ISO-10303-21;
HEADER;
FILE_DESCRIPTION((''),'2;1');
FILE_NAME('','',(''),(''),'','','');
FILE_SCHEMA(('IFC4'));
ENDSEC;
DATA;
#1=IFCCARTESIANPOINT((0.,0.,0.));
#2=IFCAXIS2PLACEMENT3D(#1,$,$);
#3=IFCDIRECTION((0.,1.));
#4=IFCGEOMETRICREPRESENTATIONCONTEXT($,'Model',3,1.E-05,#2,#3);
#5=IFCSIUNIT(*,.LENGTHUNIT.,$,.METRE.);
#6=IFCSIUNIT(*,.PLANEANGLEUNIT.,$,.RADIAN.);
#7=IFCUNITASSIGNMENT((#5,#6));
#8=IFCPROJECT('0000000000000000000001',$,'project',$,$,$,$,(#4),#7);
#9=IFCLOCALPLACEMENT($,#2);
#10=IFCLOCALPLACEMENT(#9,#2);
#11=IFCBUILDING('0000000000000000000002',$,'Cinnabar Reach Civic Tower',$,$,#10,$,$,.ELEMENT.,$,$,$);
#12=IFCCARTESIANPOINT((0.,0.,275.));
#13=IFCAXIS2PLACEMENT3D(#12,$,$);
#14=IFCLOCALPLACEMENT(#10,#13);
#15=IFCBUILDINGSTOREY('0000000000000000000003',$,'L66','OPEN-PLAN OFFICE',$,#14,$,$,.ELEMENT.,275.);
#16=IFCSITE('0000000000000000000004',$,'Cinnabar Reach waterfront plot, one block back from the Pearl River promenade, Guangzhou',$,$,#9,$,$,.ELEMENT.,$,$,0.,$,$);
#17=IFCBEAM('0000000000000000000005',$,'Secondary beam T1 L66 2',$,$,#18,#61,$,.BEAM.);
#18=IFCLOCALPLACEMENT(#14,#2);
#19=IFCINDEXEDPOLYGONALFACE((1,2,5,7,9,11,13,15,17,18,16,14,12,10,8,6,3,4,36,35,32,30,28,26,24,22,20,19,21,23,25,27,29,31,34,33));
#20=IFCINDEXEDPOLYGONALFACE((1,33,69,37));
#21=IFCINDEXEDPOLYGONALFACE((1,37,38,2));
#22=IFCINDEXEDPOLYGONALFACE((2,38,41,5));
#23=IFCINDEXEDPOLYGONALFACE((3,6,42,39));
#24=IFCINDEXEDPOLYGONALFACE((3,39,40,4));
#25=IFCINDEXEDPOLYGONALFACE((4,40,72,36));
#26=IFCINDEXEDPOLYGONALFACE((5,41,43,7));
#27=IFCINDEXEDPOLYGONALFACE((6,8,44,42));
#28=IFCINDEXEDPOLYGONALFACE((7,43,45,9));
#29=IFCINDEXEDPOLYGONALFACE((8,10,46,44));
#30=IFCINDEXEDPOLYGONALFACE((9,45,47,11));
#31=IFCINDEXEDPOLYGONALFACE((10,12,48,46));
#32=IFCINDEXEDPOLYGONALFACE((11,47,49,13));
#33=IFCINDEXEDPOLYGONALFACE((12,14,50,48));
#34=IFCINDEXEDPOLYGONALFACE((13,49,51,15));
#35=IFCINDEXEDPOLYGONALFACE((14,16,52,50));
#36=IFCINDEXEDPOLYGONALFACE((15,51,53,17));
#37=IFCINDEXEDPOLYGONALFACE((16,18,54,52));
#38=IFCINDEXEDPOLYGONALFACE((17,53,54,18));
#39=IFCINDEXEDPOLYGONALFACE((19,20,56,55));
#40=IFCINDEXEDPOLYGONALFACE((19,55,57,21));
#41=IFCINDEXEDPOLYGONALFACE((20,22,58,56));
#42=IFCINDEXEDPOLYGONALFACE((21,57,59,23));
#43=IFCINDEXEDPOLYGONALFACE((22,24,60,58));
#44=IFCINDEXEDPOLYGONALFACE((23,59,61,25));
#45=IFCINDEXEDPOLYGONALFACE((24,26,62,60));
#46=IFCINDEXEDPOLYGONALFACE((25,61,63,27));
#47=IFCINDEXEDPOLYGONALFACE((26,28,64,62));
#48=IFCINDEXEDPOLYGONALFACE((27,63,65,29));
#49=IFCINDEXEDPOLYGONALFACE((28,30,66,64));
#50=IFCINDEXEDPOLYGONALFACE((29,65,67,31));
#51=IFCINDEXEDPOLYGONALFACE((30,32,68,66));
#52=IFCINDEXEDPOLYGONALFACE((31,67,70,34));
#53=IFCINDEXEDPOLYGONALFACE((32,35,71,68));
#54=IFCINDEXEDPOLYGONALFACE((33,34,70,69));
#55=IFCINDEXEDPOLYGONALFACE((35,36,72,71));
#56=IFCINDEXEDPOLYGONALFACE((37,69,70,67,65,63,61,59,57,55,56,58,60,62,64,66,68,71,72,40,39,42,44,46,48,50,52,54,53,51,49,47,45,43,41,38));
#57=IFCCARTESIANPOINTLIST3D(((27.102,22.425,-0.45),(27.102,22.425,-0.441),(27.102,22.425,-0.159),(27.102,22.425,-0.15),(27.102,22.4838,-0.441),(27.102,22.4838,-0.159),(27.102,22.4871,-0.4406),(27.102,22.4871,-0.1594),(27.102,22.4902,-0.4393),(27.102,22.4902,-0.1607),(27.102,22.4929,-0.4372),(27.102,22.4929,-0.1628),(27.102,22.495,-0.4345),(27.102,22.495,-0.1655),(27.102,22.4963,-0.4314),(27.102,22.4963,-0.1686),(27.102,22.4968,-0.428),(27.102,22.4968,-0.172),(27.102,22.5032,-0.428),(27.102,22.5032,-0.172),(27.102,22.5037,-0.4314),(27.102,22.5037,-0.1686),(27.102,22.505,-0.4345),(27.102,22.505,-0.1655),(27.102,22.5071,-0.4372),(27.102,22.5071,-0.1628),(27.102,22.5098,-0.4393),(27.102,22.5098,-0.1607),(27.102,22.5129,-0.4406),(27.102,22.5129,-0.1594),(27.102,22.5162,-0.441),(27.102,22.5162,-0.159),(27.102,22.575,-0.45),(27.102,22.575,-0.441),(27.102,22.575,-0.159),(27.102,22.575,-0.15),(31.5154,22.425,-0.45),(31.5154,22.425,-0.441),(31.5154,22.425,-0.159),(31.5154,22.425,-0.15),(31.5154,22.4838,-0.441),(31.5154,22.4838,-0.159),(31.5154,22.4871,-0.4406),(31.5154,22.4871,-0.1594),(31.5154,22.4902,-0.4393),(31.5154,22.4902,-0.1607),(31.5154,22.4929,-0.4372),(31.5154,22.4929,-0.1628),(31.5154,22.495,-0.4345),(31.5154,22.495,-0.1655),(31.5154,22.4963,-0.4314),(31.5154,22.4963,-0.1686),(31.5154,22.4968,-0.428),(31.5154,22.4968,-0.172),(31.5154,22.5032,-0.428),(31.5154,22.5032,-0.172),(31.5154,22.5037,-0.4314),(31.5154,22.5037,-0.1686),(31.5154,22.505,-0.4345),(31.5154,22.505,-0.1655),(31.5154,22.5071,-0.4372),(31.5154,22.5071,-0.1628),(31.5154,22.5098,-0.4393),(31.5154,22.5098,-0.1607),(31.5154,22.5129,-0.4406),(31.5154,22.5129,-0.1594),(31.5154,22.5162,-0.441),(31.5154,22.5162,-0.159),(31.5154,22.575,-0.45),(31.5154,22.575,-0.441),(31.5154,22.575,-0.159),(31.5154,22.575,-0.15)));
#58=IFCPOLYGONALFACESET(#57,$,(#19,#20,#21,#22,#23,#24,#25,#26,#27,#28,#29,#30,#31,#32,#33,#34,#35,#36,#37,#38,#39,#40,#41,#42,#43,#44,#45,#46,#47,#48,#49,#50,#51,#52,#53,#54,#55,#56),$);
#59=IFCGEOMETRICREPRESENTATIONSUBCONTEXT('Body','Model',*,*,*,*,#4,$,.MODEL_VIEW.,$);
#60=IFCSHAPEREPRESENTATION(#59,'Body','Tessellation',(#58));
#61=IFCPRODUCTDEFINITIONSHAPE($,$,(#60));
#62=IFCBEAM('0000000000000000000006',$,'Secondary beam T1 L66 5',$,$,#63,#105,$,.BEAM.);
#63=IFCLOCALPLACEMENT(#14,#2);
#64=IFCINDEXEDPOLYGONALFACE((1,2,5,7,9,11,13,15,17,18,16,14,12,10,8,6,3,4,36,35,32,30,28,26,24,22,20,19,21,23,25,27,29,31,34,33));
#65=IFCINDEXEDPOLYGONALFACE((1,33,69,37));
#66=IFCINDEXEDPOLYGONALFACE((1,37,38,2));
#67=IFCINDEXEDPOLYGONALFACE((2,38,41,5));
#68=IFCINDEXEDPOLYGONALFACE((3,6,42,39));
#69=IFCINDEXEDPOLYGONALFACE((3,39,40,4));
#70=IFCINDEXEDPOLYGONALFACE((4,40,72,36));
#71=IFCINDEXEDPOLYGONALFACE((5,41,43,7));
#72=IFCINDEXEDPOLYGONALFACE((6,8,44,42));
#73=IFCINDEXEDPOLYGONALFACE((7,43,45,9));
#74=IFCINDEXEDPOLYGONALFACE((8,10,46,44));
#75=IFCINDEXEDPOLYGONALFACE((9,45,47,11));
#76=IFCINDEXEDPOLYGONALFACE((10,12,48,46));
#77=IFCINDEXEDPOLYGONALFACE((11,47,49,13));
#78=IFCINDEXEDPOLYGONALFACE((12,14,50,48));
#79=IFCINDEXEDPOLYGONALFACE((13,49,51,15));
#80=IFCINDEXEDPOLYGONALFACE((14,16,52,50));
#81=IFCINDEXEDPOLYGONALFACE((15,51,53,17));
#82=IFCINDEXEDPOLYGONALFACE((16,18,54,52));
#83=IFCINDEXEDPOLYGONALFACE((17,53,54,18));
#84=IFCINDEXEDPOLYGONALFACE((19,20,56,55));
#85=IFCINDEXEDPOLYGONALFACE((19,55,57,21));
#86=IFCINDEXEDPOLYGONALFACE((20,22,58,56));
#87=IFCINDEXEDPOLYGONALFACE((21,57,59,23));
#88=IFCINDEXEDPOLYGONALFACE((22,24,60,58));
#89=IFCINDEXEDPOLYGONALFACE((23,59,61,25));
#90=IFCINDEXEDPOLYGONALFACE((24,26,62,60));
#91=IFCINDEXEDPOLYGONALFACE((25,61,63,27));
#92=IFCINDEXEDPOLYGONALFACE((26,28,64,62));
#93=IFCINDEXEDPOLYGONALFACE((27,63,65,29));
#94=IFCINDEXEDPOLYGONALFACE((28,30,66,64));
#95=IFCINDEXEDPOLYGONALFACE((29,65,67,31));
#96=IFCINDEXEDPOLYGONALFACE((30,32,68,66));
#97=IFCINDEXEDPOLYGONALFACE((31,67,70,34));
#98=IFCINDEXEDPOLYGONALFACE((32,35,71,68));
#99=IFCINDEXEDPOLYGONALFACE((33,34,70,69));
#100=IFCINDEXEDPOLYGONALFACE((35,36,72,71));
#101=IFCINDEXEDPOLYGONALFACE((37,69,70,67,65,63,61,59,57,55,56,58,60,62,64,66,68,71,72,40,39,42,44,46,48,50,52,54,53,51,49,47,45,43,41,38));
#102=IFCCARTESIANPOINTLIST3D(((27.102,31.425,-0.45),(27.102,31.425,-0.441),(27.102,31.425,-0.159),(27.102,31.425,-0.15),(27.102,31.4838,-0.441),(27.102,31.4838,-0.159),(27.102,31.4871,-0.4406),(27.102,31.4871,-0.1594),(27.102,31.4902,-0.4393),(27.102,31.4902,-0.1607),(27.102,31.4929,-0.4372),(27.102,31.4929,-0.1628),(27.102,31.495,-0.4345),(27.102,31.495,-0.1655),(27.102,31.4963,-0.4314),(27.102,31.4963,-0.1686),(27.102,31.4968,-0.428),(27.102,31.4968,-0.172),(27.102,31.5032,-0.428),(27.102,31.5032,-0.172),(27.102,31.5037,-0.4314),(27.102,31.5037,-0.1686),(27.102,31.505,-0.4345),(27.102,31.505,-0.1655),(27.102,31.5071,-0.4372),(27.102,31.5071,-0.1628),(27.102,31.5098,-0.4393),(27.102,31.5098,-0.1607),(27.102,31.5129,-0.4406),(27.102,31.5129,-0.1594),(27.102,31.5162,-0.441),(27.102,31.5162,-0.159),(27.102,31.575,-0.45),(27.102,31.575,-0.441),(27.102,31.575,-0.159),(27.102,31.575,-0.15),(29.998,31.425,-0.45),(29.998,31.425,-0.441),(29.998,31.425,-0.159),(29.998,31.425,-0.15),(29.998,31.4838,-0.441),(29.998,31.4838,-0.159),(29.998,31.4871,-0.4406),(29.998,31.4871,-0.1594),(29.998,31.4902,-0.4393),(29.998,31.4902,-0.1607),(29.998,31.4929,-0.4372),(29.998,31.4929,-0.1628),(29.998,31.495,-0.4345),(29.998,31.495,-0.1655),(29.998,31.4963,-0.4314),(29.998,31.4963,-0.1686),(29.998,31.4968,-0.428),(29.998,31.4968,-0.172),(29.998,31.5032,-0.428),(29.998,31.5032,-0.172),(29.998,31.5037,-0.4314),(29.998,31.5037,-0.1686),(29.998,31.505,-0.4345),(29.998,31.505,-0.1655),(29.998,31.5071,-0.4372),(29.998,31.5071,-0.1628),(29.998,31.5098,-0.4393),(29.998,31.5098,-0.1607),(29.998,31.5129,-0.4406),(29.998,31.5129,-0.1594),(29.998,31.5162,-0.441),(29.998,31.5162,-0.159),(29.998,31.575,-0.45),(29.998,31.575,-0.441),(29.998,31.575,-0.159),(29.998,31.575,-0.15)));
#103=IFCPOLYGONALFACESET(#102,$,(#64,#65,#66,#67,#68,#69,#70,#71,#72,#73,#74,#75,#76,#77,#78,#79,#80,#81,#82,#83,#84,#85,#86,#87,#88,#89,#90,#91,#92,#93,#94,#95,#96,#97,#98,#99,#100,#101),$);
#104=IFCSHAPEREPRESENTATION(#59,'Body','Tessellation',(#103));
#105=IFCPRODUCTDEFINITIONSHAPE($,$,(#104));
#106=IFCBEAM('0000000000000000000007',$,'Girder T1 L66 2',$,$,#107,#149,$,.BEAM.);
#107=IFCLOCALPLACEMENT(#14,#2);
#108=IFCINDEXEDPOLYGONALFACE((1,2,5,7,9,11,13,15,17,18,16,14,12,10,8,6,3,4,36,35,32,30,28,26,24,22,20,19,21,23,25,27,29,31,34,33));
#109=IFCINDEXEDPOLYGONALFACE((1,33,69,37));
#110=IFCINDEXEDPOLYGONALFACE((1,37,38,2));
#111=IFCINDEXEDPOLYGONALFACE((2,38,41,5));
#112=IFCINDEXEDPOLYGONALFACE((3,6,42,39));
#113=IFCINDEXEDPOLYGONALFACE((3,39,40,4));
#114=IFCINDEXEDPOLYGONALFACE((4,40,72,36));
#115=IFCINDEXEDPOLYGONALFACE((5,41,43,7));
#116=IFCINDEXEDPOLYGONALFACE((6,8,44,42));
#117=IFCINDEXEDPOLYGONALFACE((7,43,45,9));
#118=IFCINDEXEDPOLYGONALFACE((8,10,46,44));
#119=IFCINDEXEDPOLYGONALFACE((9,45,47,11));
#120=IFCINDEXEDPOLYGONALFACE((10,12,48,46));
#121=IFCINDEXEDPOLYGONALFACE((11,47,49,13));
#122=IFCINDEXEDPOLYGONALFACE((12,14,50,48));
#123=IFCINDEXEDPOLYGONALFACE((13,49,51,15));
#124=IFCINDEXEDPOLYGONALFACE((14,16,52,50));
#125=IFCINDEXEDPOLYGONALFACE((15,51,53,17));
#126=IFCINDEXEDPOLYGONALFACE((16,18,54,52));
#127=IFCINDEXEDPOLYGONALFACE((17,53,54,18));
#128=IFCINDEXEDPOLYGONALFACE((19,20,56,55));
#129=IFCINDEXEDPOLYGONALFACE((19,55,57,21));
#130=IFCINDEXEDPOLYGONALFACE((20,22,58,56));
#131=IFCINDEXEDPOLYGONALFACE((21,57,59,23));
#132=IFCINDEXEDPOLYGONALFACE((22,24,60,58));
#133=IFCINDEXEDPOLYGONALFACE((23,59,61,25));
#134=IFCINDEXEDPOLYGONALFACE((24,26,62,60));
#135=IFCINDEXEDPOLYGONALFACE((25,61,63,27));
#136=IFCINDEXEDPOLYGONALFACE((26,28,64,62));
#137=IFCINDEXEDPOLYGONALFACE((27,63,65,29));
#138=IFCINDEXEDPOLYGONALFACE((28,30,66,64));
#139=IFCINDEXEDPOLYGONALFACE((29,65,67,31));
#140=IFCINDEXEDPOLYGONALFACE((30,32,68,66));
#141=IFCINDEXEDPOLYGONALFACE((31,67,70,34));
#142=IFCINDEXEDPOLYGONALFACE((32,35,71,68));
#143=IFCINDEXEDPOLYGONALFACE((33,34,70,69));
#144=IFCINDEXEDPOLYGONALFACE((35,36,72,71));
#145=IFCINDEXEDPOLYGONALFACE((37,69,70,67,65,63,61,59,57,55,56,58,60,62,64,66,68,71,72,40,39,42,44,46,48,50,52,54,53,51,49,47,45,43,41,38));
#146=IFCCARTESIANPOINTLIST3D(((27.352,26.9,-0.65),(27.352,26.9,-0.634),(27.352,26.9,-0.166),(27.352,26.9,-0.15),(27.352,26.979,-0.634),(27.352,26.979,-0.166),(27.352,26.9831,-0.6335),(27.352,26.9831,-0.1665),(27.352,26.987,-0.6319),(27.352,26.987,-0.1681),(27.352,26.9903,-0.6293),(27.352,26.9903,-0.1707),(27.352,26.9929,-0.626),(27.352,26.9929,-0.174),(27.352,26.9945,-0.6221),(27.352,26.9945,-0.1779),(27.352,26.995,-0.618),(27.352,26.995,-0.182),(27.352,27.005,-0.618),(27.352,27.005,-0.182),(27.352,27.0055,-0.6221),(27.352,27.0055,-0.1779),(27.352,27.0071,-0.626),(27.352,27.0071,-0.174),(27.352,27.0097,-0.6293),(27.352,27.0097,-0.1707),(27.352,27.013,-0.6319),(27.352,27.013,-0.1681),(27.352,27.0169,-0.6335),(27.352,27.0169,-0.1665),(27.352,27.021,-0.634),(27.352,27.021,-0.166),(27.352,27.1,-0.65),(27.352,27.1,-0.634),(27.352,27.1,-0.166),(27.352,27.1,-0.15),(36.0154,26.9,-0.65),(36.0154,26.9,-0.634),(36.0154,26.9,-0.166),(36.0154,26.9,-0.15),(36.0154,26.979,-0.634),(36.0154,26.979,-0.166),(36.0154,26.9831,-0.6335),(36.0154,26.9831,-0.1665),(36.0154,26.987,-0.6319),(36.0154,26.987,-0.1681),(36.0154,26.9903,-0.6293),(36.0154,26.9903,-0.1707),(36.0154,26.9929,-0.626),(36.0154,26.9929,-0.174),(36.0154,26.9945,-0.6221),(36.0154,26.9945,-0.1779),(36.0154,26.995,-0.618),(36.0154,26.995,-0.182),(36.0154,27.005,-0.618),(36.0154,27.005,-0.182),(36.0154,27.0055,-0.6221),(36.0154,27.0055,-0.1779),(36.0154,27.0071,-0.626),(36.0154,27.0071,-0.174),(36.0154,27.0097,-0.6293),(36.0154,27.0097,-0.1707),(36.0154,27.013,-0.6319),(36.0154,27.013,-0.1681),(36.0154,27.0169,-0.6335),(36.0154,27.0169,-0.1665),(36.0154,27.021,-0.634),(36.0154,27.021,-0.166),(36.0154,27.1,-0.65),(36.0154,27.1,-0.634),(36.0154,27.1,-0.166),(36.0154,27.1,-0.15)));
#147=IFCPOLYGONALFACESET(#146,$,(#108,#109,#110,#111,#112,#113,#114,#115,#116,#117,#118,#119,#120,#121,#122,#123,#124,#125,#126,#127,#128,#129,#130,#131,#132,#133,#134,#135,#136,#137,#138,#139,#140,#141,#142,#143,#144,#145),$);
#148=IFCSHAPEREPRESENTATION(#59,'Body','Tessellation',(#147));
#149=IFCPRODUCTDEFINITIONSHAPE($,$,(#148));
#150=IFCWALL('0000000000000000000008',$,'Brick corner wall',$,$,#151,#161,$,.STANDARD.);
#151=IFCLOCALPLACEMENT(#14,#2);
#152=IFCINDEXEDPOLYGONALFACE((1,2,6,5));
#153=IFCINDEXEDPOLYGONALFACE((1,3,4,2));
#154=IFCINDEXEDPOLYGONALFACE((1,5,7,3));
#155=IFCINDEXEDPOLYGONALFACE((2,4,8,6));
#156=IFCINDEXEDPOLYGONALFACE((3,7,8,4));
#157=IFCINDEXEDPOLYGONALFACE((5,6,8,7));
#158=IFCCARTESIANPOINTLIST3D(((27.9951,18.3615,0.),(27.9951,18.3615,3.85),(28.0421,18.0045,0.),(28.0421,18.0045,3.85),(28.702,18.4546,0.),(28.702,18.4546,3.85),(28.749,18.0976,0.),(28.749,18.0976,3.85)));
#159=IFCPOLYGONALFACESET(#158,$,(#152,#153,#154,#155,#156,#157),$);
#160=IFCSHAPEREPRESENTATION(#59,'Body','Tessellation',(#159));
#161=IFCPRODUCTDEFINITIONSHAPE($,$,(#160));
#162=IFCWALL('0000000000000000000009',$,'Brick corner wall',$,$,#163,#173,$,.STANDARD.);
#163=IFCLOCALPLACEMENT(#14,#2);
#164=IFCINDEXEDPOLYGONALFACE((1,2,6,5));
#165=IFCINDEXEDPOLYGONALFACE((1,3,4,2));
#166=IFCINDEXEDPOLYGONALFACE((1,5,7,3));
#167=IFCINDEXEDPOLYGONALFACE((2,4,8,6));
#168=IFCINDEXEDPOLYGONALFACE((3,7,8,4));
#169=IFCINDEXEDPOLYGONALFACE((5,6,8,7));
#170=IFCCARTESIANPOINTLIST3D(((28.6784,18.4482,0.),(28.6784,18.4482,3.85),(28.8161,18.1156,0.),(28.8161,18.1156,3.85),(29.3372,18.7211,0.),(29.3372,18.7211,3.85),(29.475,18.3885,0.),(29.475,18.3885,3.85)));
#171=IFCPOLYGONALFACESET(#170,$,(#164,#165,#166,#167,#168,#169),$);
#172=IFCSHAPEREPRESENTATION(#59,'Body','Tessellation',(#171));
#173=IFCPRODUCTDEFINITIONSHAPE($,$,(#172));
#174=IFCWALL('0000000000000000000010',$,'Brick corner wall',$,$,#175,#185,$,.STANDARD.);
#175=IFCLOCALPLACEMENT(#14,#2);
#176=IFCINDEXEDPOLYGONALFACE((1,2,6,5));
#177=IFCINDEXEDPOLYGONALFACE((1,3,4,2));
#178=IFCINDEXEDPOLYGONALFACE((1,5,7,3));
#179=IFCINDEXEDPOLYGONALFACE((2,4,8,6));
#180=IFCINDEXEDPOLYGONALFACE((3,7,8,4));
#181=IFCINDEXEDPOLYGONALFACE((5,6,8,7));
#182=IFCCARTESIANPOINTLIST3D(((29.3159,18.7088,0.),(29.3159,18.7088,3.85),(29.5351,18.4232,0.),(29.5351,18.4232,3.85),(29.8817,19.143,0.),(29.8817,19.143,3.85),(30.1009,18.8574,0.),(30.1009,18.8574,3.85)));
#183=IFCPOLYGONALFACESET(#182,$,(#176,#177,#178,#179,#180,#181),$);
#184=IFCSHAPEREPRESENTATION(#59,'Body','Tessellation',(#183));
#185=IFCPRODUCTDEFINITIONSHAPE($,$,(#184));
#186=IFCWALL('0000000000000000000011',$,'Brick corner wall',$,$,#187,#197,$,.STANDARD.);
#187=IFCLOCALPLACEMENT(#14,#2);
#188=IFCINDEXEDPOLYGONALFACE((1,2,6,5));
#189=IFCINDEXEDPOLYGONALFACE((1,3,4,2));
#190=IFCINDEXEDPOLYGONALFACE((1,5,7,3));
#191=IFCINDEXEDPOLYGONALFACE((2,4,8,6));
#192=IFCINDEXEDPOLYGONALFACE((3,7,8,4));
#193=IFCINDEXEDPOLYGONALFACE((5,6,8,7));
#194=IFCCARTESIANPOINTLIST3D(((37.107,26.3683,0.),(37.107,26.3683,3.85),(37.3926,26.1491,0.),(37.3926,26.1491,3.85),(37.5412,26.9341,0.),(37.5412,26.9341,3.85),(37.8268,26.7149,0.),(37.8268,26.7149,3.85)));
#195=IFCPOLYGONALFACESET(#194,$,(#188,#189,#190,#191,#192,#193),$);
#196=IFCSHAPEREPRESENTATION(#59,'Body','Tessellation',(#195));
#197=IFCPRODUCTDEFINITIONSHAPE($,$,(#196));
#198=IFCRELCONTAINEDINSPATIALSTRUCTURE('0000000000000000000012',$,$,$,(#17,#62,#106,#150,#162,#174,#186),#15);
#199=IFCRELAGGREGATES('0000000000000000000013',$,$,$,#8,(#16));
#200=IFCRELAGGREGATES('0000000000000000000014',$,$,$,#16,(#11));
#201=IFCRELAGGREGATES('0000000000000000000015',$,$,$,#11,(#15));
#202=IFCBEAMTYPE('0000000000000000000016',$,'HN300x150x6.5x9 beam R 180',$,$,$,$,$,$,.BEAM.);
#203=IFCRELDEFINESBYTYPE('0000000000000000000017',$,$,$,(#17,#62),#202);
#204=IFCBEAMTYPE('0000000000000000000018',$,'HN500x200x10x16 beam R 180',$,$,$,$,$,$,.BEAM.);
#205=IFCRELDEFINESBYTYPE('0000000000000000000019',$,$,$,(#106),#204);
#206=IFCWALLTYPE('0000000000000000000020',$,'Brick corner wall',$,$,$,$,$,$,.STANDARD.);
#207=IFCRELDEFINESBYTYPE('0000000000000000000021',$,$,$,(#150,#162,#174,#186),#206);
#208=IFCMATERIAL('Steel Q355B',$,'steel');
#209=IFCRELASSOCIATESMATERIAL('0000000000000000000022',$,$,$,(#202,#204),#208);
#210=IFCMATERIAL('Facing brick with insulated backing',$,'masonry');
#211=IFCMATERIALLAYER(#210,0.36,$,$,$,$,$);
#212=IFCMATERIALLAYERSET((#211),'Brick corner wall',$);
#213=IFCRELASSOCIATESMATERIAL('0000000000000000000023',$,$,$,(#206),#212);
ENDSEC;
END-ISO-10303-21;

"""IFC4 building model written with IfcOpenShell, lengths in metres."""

from ifc_helpers import new_model, si_unit, direction, frame, frame_2d, origin, origin_2d, place, context, subcontext, project, spatial, rectangle, i_section, extrude, material, layer, layer_set, material_profile, profile_set, type_object, element, save


model = new_model("IFC4")

# Units and contexts
model_context = context("Model", 3, precision=1e-05, world=origin(), true_north=direction((0.0, 1.0)))
body_context = subcontext(model_context, "Body", "Model", "MODEL_VIEW")
ifc_project = project(units=[si_unit("LENGTHUNIT", "METRE"), si_unit("PLANEANGLEUNIT", "RADIAN")], contexts=[model_context])

# Site, building, storey
site_placement = place(None, origin())
site = spatial("IfcSite", under=ifc_project, at=site_placement, Name="Cinnabar Reach waterfront plot, one block back from the Pearl River promenade, Guangzhou", CompositionType="ELEMENT", RefElevation=0.0)
building_placement = place(site_placement, origin())
building = spatial("IfcBuilding", under=site, at=building_placement, Name="Cinnabar Reach Civic Tower", CompositionType="ELEMENT")
storey_placement = place(building_placement, frame((0.0, 0.0, 275.0)))
storey = spatial("IfcBuildingStorey", under=building, at=storey_placement, Name="L66", Description="OPEN-PLAN OFFICE", CompositionType="ELEMENT", Elevation=275.0)

# Beams
ifc_material_1 = material(Name="Steel Q355B", Category="steel")
ifc_material_profile_1 = material_profile(ifc_material_1, i_section(OverallWidth=0.15, OverallDepth=0.3, WebThickness=0.0065, FlangeThickness=0.009, FilletRadius=0.013, at=origin_2d()), Name="HN300x150x6.5x9")
ifc_profile_set_1 = profile_set([ifc_material_profile_1], Name="Steel Q355B")
beam_type_1 = type_object("IfcBeamType", Name="HN300x150x6.5x9 beam R 180", PredefinedType="BEAM", material=ifc_profile_set_1)
beam_1_placement = place(storey_placement, frame((27.102, 22.5, -0.3), z_axis=(1.0, 0.0, 0.0), x_axis=(0.0, 1.0, 0.0)))
element("IfcBeam", 1, at=beam_1_placement, inside=storey, type_object=beam_type_1, Name="Secondary beam T1 L66 2", PredefinedType="BEAM", context=body_context, shape_type="SweptSolid", body=[
    extrude(i_section(OverallWidth=0.15, OverallDepth=0.3, WebThickness=0.0065, FlangeThickness=0.009, FilletRadius=0.013, at=origin_2d()), origin(), (0.0, 0.0, 1.0), 4.4134),
])
beam_2_placement = place(storey_placement, frame((27.102, 31.5, -0.3), z_axis=(1.0, 0.0, 0.0), x_axis=(0.0, 1.0, 0.0)))
element("IfcBeam", 2, at=beam_2_placement, inside=storey, type_object=beam_type_1, Name="Secondary beam T1 L66 5", PredefinedType="BEAM", context=body_context, shape_type="SweptSolid", body=[
    extrude(i_section(OverallWidth=0.15, OverallDepth=0.3, WebThickness=0.0065, FlangeThickness=0.009, FilletRadius=0.013, at=origin_2d()), origin(), (0.0, 0.0, 1.0), 2.896),
])
ifc_material_profile_2 = material_profile(ifc_material_1, i_section(OverallWidth=0.2, OverallDepth=0.5, WebThickness=0.01, FlangeThickness=0.016, FilletRadius=0.016, at=origin_2d()), Name="HN500x200x10x16")
ifc_profile_set_2 = profile_set([ifc_material_profile_2], Name="Steel Q355B")
beam_type_2 = type_object("IfcBeamType", Name="HN500x200x10x16 beam R 180", PredefinedType="BEAM", material=ifc_profile_set_2)
beam_3_placement = place(storey_placement, frame((27.352, 27.0, -0.4), z_axis=(1.0, 0.0, 0.0), x_axis=(0.0, 1.0, 0.0)))
element("IfcBeam", 3, at=beam_3_placement, inside=storey, type_object=beam_type_2, Name="Girder T1 L66 2", PredefinedType="BEAM", context=body_context, shape_type="SweptSolid", body=[
    extrude(i_section(OverallWidth=0.2, OverallDepth=0.5, WebThickness=0.01, FlangeThickness=0.016, FilletRadius=0.016, at=origin_2d()), origin(), (0.0, 0.0, 1.0), 8.6634),
])

# Walls
ifc_material_2 = material(Name="Facing brick with insulated backing", Category="masonry")
ifc_layer_1 = layer(ifc_material_2, 0.36)
ifc_layer_set_1 = layer_set([ifc_layer_1], Name="Brick corner wall")
wall_type_1 = type_object("IfcWallType", Name="Brick corner wall", PredefinedType="STANDARD", material=ifc_layer_set_1)
for number, where, z_axis, x_axis, name in (
    (4, (28.0186, 18.183, 0.0), (0.0, 0.0, 1.0), (0.991441, 0.130556, 0.0), "Brick corner wall"),
    (5, (28.7473, 18.2819, 0.0), (0.0, 0.0, 1.0), (0.923872, 0.382703, 0.0), "Brick corner wall"),
):
    element("IfcWall", number, at=place(storey_placement, frame(where, z_axis=z_axis, x_axis=x_axis)), inside=storey, type_object=wall_type_1, Name=name, PredefinedType="STANDARD", context=body_context, shape_type="SweptSolid", body=[
        extrude(rectangle(XDim=0.7131, YDim=0.36, at=frame_2d((0.3565, 0.0))), origin(), (0.0, 0.0, 1.0), 3.85),
    ])
for number, where, z_axis, x_axis, name in (
    (6, (29.4255, 18.566, 0.0), (0.0, 0.0, 1.0), (0.793322, 0.608802, 0.0), "Brick corner wall"),
    (7, (37.2498, 26.2587, 0.0), (0.0, 0.0, 1.0), (0.608802, 0.793322, 0.0), "Brick corner wall"),
):
    element("IfcWall", number, at=place(storey_placement, frame(where, z_axis=z_axis, x_axis=x_axis)), inside=storey, type_object=wall_type_1, Name=name, PredefinedType="STANDARD", context=body_context, shape_type="SweptSolid", body=[
        extrude(rectangle(XDim=0.7132, YDim=0.36, at=frame_2d((0.3566, 0.0))), origin(), (0.0, 0.0, 1.0), 3.85),
    ])

save(model, "model.ifc")
